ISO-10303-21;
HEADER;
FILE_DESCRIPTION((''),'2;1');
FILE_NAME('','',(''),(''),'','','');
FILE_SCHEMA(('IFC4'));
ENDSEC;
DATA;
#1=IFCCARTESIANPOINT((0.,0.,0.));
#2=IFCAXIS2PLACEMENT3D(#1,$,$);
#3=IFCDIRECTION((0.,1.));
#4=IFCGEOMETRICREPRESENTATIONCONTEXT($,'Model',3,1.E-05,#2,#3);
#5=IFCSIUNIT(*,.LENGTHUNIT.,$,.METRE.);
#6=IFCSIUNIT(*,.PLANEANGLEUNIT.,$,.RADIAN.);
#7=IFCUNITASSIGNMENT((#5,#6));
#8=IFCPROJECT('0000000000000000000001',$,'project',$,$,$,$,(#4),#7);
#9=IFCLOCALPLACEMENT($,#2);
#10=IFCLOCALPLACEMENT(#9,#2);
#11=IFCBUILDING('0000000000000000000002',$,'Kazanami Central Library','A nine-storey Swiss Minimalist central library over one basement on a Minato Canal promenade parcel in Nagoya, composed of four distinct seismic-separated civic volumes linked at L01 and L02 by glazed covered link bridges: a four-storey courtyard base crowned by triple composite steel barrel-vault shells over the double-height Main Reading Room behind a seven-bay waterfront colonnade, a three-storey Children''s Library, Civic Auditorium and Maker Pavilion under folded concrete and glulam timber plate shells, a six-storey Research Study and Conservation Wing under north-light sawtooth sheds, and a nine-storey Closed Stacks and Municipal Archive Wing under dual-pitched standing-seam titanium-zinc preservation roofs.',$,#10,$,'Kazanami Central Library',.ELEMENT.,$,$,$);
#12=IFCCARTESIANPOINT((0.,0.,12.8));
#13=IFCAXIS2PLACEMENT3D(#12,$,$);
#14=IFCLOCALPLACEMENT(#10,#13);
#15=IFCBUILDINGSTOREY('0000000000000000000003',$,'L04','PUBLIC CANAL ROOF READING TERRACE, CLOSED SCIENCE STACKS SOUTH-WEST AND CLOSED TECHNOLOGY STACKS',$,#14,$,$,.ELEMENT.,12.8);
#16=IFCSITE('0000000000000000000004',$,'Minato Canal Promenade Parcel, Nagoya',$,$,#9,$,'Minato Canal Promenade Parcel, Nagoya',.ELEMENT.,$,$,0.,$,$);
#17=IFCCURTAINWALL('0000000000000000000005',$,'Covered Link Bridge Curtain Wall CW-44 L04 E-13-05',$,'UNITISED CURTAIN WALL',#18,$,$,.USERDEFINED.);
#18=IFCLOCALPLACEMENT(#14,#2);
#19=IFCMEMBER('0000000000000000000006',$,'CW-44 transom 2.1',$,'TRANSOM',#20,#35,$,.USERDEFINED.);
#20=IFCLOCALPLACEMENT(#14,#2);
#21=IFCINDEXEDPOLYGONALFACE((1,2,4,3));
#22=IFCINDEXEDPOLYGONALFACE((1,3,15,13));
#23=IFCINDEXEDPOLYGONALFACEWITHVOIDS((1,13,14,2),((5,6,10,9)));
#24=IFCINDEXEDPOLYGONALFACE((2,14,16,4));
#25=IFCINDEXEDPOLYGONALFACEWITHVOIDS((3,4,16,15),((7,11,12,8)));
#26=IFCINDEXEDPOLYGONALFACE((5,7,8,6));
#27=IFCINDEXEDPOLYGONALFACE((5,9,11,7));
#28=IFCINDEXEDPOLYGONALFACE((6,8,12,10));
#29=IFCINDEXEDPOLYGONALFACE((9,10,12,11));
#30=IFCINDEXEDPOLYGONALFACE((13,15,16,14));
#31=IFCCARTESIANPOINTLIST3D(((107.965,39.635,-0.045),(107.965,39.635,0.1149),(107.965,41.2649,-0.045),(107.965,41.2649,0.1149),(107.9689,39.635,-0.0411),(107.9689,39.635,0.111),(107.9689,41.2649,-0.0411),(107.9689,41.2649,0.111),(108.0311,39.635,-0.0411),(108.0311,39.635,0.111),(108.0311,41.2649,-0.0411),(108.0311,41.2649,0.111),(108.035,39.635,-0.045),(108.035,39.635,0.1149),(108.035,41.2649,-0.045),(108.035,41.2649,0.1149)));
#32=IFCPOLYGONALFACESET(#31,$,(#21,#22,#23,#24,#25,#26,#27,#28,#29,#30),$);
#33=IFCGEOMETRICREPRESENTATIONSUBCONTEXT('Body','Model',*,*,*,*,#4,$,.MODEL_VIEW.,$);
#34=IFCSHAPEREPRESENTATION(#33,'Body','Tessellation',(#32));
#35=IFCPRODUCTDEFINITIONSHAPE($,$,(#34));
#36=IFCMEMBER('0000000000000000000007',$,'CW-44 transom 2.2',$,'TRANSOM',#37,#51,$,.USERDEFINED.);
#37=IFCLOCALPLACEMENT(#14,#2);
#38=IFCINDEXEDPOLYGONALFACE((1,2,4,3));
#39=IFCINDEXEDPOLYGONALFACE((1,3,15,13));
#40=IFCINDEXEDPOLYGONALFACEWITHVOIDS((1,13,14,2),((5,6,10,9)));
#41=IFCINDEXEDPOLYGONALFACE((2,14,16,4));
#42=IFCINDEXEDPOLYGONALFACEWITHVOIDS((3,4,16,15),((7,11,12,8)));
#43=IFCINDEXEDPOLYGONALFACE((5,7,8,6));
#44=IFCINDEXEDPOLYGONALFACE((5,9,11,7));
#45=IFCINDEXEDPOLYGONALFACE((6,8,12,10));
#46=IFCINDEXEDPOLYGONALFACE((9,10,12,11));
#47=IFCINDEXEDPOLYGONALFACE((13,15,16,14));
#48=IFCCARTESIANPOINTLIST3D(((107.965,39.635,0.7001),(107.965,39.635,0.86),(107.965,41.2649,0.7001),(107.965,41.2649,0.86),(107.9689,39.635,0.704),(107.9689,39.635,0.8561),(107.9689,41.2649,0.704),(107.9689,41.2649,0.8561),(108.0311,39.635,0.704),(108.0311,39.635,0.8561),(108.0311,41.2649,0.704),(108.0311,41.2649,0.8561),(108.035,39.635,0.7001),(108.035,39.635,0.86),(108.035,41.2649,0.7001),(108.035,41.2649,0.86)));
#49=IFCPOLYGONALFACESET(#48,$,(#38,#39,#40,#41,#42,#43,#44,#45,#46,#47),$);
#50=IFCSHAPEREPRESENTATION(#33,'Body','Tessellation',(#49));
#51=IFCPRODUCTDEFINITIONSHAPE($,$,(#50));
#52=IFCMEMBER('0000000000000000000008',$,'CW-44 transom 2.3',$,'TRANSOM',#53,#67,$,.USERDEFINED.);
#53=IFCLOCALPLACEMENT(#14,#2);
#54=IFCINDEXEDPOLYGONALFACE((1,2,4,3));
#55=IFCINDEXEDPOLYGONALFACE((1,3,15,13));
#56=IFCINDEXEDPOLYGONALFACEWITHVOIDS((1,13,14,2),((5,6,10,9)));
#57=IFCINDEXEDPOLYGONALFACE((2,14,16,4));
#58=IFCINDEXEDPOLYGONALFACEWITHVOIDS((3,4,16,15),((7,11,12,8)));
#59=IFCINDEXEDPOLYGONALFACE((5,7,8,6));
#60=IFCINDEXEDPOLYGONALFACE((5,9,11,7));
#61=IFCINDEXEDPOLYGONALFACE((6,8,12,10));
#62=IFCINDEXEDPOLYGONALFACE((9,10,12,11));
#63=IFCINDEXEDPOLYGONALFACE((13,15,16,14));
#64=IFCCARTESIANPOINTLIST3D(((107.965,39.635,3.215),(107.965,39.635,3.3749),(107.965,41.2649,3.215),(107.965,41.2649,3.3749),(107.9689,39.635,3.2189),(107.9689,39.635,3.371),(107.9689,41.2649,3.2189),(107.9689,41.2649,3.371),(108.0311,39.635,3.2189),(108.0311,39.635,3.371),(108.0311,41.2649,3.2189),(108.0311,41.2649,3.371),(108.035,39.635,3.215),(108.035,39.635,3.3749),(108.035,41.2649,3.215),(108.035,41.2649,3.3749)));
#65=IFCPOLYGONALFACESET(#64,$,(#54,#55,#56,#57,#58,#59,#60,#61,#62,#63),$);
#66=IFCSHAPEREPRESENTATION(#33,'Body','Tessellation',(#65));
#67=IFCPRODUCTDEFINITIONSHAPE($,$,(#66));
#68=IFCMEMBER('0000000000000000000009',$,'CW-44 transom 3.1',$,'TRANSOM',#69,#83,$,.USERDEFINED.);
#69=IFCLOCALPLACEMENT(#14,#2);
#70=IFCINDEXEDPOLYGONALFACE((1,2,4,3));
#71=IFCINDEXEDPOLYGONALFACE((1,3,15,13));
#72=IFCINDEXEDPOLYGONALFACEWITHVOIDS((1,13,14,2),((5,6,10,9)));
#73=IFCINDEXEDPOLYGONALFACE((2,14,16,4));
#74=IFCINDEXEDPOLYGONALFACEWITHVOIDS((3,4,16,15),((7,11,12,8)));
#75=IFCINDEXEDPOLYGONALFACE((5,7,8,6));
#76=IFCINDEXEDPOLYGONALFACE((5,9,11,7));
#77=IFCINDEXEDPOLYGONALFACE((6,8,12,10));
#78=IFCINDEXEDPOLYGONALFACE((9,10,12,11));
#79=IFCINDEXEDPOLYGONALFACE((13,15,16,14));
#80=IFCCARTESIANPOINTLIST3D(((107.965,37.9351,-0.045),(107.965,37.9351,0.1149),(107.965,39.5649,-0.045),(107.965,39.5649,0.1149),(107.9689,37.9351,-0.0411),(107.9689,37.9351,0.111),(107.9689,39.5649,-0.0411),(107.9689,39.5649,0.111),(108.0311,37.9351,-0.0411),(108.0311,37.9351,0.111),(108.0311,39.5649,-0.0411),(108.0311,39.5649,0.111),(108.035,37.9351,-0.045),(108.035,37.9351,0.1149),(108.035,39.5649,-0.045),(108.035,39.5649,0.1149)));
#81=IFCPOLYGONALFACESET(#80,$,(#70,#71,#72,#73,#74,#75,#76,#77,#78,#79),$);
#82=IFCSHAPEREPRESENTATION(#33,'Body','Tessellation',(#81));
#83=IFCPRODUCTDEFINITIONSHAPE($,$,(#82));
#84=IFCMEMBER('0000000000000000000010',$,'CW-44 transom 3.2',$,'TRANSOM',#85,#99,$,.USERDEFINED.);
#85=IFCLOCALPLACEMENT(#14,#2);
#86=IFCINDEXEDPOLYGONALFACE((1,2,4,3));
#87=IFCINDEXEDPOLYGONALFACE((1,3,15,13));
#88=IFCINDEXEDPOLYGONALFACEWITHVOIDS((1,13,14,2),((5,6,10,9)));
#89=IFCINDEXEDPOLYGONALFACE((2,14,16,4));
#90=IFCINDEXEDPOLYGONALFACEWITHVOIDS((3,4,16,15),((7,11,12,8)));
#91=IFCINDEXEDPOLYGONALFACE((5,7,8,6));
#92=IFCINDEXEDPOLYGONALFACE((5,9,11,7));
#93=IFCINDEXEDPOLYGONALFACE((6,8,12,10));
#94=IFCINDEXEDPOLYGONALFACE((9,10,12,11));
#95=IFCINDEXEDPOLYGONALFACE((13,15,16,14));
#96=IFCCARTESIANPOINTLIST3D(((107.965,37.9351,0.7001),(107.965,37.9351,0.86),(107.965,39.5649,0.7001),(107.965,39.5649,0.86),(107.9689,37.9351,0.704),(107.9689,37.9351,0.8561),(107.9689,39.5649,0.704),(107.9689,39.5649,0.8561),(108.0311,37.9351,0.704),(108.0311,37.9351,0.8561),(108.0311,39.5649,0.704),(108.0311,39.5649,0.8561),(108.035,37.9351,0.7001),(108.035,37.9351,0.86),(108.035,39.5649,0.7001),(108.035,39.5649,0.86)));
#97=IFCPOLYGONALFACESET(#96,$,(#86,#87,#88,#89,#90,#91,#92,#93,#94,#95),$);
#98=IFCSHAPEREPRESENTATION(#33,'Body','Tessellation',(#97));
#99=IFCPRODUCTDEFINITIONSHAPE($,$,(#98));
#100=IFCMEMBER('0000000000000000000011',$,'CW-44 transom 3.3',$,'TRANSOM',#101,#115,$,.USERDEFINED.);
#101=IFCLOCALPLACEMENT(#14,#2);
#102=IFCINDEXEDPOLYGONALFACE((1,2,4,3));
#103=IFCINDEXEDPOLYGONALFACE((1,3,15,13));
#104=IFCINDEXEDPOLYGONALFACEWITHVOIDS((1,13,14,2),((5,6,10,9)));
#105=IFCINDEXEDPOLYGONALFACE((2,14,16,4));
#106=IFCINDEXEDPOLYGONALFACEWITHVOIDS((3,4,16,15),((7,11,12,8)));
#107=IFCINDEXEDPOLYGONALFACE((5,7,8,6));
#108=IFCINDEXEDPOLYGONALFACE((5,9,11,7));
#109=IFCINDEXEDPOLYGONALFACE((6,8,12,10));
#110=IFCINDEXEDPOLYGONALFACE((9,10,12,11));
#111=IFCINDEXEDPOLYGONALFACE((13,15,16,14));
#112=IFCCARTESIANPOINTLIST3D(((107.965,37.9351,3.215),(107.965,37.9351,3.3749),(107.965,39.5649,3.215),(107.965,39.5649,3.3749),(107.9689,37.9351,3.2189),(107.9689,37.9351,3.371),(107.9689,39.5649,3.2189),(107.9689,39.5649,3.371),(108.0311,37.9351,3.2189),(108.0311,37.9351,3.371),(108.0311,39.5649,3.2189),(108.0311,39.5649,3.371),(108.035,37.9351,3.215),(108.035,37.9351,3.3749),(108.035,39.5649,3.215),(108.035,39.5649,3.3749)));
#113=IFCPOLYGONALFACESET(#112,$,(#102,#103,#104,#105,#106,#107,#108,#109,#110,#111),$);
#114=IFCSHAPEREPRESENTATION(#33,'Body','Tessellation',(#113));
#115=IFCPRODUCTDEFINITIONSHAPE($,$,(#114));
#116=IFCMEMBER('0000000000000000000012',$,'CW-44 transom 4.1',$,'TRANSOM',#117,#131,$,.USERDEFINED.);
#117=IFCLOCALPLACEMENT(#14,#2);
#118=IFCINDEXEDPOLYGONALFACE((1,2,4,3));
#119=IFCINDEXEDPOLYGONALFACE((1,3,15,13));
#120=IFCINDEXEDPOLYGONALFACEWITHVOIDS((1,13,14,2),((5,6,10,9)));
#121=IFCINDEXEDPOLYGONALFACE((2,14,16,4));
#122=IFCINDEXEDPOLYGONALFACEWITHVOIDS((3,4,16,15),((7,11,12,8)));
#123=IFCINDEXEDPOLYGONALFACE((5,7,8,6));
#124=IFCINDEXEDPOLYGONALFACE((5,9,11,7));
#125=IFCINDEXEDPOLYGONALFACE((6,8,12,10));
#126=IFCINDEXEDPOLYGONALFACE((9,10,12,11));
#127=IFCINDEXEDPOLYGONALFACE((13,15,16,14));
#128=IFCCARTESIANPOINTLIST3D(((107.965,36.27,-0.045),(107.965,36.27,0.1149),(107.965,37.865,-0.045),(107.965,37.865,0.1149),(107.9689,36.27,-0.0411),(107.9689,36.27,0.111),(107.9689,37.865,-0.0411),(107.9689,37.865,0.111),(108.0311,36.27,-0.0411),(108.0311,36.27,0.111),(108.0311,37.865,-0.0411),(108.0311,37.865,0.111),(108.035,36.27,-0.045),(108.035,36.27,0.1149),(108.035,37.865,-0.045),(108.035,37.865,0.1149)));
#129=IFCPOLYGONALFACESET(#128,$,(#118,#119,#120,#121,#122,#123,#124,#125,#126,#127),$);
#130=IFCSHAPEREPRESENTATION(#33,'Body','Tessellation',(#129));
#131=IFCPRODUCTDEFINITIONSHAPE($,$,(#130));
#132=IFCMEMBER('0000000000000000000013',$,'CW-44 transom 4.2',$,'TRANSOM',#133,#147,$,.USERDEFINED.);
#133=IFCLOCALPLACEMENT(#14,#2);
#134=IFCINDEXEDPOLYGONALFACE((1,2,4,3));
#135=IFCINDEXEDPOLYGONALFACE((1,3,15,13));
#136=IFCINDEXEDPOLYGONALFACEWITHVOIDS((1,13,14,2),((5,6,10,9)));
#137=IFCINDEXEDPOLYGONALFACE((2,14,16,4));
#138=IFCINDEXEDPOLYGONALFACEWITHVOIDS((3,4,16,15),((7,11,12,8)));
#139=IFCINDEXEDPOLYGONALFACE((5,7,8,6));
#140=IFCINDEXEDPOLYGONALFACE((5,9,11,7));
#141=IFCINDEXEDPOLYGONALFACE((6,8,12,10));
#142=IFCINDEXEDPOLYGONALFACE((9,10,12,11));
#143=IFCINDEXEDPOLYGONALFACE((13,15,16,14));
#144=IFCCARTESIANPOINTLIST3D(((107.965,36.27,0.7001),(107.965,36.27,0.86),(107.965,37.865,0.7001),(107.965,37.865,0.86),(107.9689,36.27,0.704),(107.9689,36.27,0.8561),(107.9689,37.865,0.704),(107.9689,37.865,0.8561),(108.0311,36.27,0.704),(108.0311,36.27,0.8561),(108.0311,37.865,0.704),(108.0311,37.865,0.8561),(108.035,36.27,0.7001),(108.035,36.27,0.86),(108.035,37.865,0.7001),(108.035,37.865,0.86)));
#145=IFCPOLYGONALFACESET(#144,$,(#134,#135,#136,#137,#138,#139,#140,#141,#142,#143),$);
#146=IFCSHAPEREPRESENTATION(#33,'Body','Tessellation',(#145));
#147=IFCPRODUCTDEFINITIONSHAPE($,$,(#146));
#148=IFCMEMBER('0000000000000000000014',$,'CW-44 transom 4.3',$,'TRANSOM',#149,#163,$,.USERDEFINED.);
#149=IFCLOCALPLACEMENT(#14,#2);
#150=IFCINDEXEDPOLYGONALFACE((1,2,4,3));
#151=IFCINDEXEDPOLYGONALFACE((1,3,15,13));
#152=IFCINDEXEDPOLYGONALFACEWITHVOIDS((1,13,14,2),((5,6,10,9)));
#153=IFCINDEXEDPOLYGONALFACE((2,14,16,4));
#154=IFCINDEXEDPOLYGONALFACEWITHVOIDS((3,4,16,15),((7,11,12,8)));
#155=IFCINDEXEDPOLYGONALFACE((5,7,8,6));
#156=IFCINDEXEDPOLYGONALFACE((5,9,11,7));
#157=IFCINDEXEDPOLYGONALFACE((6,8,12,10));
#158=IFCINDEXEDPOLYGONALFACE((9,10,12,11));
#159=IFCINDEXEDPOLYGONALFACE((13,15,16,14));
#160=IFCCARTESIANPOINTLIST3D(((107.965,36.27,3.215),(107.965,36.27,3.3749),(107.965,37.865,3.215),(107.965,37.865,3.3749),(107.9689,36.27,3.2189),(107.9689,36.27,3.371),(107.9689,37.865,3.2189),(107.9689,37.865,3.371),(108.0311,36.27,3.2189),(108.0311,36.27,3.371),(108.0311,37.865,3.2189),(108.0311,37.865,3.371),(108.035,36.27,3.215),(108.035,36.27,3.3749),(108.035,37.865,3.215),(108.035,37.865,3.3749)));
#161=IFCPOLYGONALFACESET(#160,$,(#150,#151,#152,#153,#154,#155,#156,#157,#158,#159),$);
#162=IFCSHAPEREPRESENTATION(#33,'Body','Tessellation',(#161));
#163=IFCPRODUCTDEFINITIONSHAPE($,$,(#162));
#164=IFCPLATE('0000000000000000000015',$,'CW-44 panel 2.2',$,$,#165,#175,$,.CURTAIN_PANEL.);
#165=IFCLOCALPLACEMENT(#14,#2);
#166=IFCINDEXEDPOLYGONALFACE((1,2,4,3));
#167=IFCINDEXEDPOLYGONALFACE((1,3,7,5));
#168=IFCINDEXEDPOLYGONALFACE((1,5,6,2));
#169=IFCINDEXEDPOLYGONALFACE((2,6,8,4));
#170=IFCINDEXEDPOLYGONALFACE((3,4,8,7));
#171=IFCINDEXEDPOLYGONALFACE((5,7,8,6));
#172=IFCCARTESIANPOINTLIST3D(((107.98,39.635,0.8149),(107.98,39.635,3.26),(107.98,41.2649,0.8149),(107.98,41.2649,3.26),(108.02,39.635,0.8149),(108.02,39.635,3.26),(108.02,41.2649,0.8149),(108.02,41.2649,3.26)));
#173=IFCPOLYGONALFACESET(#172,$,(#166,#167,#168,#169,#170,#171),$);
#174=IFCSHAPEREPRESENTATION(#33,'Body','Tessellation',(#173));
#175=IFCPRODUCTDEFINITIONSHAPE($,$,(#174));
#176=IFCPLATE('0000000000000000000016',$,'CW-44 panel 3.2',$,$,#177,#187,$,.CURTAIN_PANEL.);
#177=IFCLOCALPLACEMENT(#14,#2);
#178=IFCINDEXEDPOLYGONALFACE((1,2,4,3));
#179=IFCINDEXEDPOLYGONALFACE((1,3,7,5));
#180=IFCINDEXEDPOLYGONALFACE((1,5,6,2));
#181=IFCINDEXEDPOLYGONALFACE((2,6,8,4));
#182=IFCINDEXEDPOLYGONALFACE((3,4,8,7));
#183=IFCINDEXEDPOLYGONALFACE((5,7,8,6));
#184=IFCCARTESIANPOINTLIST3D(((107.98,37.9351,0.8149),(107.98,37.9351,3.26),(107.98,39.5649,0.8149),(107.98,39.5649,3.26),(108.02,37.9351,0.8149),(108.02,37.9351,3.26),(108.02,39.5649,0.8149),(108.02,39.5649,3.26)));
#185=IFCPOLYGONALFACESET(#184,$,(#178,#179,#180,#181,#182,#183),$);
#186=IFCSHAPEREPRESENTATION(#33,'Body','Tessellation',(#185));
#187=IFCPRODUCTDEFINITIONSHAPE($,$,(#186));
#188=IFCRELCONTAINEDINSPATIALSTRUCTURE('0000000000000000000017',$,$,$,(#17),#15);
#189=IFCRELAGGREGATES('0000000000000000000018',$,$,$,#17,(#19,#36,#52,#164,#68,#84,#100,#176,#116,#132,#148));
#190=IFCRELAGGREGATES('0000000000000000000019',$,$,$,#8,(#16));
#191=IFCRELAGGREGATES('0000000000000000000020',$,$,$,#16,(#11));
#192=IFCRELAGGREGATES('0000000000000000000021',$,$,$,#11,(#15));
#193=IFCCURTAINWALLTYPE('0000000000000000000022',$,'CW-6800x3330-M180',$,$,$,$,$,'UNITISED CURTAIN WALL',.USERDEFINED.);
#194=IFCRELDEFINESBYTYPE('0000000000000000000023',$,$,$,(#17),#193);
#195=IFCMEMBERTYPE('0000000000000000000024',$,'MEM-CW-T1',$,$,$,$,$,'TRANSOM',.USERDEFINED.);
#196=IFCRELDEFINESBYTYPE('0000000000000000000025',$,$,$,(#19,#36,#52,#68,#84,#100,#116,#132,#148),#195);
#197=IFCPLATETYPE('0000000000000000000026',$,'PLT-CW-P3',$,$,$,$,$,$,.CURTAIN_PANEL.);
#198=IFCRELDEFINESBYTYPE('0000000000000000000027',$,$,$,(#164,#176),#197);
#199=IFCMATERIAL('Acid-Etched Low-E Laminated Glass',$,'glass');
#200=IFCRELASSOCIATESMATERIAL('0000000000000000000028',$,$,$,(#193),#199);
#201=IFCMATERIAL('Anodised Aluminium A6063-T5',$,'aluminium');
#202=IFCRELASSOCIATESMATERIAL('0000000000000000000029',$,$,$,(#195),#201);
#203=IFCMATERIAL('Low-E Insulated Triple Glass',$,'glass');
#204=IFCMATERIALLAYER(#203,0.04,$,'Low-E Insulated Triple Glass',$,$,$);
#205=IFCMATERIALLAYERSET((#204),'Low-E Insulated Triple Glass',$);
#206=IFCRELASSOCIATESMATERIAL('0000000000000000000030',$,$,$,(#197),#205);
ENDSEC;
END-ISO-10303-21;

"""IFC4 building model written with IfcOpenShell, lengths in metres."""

from ifc_helpers import new_model, si_unit, direction, frame, origin, origin_2d, place, context, subcontext, project, spatial, rectangle, hollow_rectangle, extrude, material, layer, layer_set, material_profile, profile_set, type_object, element, aggregate, save


model = new_model("IFC4")

# Units and contexts
model_context = context("Model", 3, precision=1e-05, world=origin(), true_north=direction((0.0, 1.0)))
body_context = subcontext(model_context, "Body", "Model", "MODEL_VIEW")
ifc_project = project(units=[si_unit("LENGTHUNIT", "METRE"), si_unit("PLANEANGLEUNIT", "RADIAN")], contexts=[model_context])

# Site, building, storey
site_placement = place(None, origin())
site = spatial("IfcSite", under=ifc_project, at=site_placement, Name="Minato Canal Promenade Parcel, Nagoya", LongName="Minato Canal Promenade Parcel, Nagoya", CompositionType="ELEMENT", RefElevation=0.0)
building_placement = place(site_placement, origin())
building = spatial("IfcBuilding", under=site, at=building_placement, Name="Kazanami Central Library", Description="A nine-storey Swiss Minimalist central library over one basement on a Minato Canal promenade parcel in Nagoya, composed of four distinct seismic-separated civic volumes linked at L01 and L02 by glazed covered link bridges: a four-storey courtyard base crowned by triple composite steel barrel-vault shells over the double-height Main Reading Room behind a seven-bay waterfront colonnade, a three-storey Children's Library, Civic Auditorium and Maker Pavilion under folded concrete and glulam timber plate shells, a six-storey Research Study and Conservation Wing under north-light sawtooth sheds, and a nine-storey Closed Stacks and Municipal Archive Wing under dual-pitched standing-seam titanium-zinc preservation roofs.", LongName="Kazanami Central Library", CompositionType="ELEMENT")
storey_placement = place(building_placement, frame((0.0, 0.0, 12.8)))
storey = spatial("IfcBuildingStorey", under=building, at=storey_placement, Name="L04", Description="PUBLIC CANAL ROOF READING TERRACE, CLOSED SCIENCE STACKS SOUTH-WEST AND CLOSED TECHNOLOGY STACKS", CompositionType="ELEMENT", Elevation=12.8)

# Curtain wall, members, plates
ifc_material_1 = material(Name="Acid-Etched Low-E Laminated Glass", Category="glass")
curtain_wall_type = type_object("IfcCurtainWallType", Name="CW-6800x3330-M180", ElementType="UNITISED CURTAIN WALL", PredefinedType="USERDEFINED", material=ifc_material_1)
curtain_wall_placement = place(storey_placement, origin())
curtain_wall = element("IfcCurtainWall", 1, at=curtain_wall_placement, inside=storey, type_object=curtain_wall_type, Name="Covered Link Bridge Curtain Wall CW-44 L04 E-13-05", ObjectType="UNITISED CURTAIN WALL", PredefinedType="USERDEFINED")
ifc_material_2 = material(Name="Anodised Aluminium A6063-T5", Category="aluminium")
ifc_material_profile_1 = material_profile(ifc_material_2, hollow_rectangle(XDim=0.0701, YDim=0.1599, WallThickness=0.0039, at=origin_2d()), Name="ALU-TRAN-70x160x4")
ifc_profile_set_1 = profile_set([ifc_material_profile_1], Name="Anodised Aluminium A6063-T5")
member_type_1 = type_object("IfcMemberType", Name="MEM-CW-T1", ElementType="TRANSOM", PredefinedType="USERDEFINED", material=ifc_profile_set_1)
member_1_placement = place(storey_placement, frame((108.0, 41.2649, 0.0349), z_axis=(0.0, -1.0, 0.0), x_axis=(1.0, 0.0, 0.0)))
member_1 = element("IfcMember", 2, at=member_1_placement, type_object=member_type_1, Name="CW-44 transom 2.1", ObjectType="TRANSOM", PredefinedType="USERDEFINED", context=body_context, shape_type="SweptSolid", body=[
    extrude(hollow_rectangle(XDim=0.0701, YDim=0.1599, WallThickness=0.0039, at=origin_2d()), origin(), (0.0, 0.0, 1.0), 1.6299),
])
member_2_placement = place(storey_placement, frame((108.0, 41.2649, 0.78), z_axis=(0.0, -1.0, 0.0), x_axis=(1.0, 0.0, 0.0)))
member_2 = element("IfcMember", 3, at=member_2_placement, type_object=member_type_1, Name="CW-44 transom 2.2", ObjectType="TRANSOM", PredefinedType="USERDEFINED", context=body_context, shape_type="SweptSolid", body=[
    extrude(hollow_rectangle(XDim=0.0701, YDim=0.1599, WallThickness=0.0039, at=origin_2d()), origin(), (0.0, 0.0, 1.0), 1.6299),
])
member_3_placement = place(storey_placement, frame((108.0, 41.2649, 3.2949), z_axis=(0.0, -1.0, 0.0), x_axis=(1.0, 0.0, 0.0)))
member_3 = element("IfcMember", 4, at=member_3_placement, type_object=member_type_1, Name="CW-44 transom 2.3", ObjectType="TRANSOM", PredefinedType="USERDEFINED", context=body_context, shape_type="SweptSolid", body=[
    extrude(hollow_rectangle(XDim=0.0701, YDim=0.1599, WallThickness=0.0039, at=origin_2d()), origin(), (0.0, 0.0, 1.0), 1.6299),
])
member_4_placement = place(storey_placement, frame((108.0, 39.5649, 0.0349), z_axis=(0.0, -1.0, 0.0), x_axis=(1.0, 0.0, 0.0)))
member_4 = element("IfcMember", 5, at=member_4_placement, type_object=member_type_1, Name="CW-44 transom 3.1", ObjectType="TRANSOM", PredefinedType="USERDEFINED", context=body_context, shape_type="SweptSolid", body=[
    extrude(hollow_rectangle(XDim=0.0701, YDim=0.1599, WallThickness=0.0039, at=origin_2d()), origin(), (0.0, 0.0, 1.0), 1.6299),
])
member_5_placement = place(storey_placement, frame((108.0, 39.5649, 0.78), z_axis=(0.0, -1.0, 0.0), x_axis=(1.0, 0.0, 0.0)))
member_5 = element("IfcMember", 6, at=member_5_placement, type_object=member_type_1, Name="CW-44 transom 3.2", ObjectType="TRANSOM", PredefinedType="USERDEFINED", context=body_context, shape_type="SweptSolid", body=[
    extrude(hollow_rectangle(XDim=0.0701, YDim=0.1599, WallThickness=0.0039, at=origin_2d()), origin(), (0.0, 0.0, 1.0), 1.6299),
])
member_6_placement = place(storey_placement, frame((108.0, 39.5649, 3.2949), z_axis=(0.0, -1.0, 0.0), x_axis=(1.0, 0.0, 0.0)))
member_6 = element("IfcMember", 7, at=member_6_placement, type_object=member_type_1, Name="CW-44 transom 3.3", ObjectType="TRANSOM", PredefinedType="USERDEFINED", context=body_context, shape_type="SweptSolid", body=[
    extrude(hollow_rectangle(XDim=0.0701, YDim=0.1599, WallThickness=0.0039, at=origin_2d()), origin(), (0.0, 0.0, 1.0), 1.6299),
])
member_7_placement = place(storey_placement, frame((108.0, 37.865, 0.0349), z_axis=(0.0, -1.0, 0.0), x_axis=(1.0, 0.0, 0.0)))
member_7 = element("IfcMember", 8, at=member_7_placement, type_object=member_type_1, Name="CW-44 transom 4.1", ObjectType="TRANSOM", PredefinedType="USERDEFINED", context=body_context, shape_type="SweptSolid", body=[
    extrude(hollow_rectangle(XDim=0.0701, YDim=0.1599, WallThickness=0.0039, at=origin_2d()), origin(), (0.0, 0.0, 1.0), 1.595),
])
member_8_placement = place(storey_placement, frame((108.0, 37.865, 0.78), z_axis=(0.0, -1.0, 0.0), x_axis=(1.0, 0.0, 0.0)))
member_8 = element("IfcMember", 9, at=member_8_placement, type_object=member_type_1, Name="CW-44 transom 4.2", ObjectType="TRANSOM", PredefinedType="USERDEFINED", context=body_context, shape_type="SweptSolid", body=[
    extrude(hollow_rectangle(XDim=0.0701, YDim=0.1599, WallThickness=0.0039, at=origin_2d()), origin(), (0.0, 0.0, 1.0), 1.595),
])
member_9_placement = place(storey_placement, frame((108.0, 37.865, 3.2949), z_axis=(0.0, -1.0, 0.0), x_axis=(1.0, 0.0, 0.0)))
member_9 = element("IfcMember", 10, at=member_9_placement, type_object=member_type_1, Name="CW-44 transom 4.3", ObjectType="TRANSOM", PredefinedType="USERDEFINED", context=body_context, shape_type="SweptSolid", body=[
    extrude(hollow_rectangle(XDim=0.0701, YDim=0.1599, WallThickness=0.0039, at=origin_2d()), origin(), (0.0, 0.0, 1.0), 1.595),
])
ifc_material_3 = material(Name="Low-E Insulated Triple Glass", Category="glass")
ifc_layer_1 = layer(ifc_material_3, 0.04, Name="Low-E Insulated Triple Glass")
ifc_layer_set_1 = layer_set([ifc_layer_1], Name="Low-E Insulated Triple Glass")
plate_type_1 = type_object("IfcPlateType", Name="PLT-CW-P3", PredefinedType="CURTAIN_PANEL", material=ifc_layer_set_1)
plate_1_placement = place(storey_placement, frame((108.0, 40.45, 0.8149), z_axis=(0.0, 0.0, 1.0), x_axis=(0.0, -1.0, 0.0)))
plate_1 = element("IfcPlate", 11, at=plate_1_placement, type_object=plate_type_1, Name="CW-44 panel 2.2", PredefinedType="CURTAIN_PANEL", context=body_context, shape_type="SweptSolid", body=[
    extrude(rectangle(XDim=1.6299, YDim=0.04, at=origin_2d()), origin(), (0.0, 0.0, 1.0), 2.4451),
])
plate_2_placement = place(storey_placement, frame((108.0, 38.75, 0.8149), z_axis=(0.0, 0.0, 1.0), x_axis=(0.0, -1.0, 0.0)))
plate_2 = element("IfcPlate", 12, at=plate_2_placement, type_object=plate_type_1, Name="CW-44 panel 3.2", PredefinedType="CURTAIN_PANEL", context=body_context, shape_type="SweptSolid", body=[
    extrude(rectangle(XDim=1.6299, YDim=0.04, at=origin_2d()), origin(), (0.0, 0.0, 1.0), 2.4451),
])
aggregate(curtain_wall, [member_1, member_2, member_3, plate_1, member_4, member_5, member_6, plate_2, member_7, member_8, member_9])

save(model, "model.ifc")
